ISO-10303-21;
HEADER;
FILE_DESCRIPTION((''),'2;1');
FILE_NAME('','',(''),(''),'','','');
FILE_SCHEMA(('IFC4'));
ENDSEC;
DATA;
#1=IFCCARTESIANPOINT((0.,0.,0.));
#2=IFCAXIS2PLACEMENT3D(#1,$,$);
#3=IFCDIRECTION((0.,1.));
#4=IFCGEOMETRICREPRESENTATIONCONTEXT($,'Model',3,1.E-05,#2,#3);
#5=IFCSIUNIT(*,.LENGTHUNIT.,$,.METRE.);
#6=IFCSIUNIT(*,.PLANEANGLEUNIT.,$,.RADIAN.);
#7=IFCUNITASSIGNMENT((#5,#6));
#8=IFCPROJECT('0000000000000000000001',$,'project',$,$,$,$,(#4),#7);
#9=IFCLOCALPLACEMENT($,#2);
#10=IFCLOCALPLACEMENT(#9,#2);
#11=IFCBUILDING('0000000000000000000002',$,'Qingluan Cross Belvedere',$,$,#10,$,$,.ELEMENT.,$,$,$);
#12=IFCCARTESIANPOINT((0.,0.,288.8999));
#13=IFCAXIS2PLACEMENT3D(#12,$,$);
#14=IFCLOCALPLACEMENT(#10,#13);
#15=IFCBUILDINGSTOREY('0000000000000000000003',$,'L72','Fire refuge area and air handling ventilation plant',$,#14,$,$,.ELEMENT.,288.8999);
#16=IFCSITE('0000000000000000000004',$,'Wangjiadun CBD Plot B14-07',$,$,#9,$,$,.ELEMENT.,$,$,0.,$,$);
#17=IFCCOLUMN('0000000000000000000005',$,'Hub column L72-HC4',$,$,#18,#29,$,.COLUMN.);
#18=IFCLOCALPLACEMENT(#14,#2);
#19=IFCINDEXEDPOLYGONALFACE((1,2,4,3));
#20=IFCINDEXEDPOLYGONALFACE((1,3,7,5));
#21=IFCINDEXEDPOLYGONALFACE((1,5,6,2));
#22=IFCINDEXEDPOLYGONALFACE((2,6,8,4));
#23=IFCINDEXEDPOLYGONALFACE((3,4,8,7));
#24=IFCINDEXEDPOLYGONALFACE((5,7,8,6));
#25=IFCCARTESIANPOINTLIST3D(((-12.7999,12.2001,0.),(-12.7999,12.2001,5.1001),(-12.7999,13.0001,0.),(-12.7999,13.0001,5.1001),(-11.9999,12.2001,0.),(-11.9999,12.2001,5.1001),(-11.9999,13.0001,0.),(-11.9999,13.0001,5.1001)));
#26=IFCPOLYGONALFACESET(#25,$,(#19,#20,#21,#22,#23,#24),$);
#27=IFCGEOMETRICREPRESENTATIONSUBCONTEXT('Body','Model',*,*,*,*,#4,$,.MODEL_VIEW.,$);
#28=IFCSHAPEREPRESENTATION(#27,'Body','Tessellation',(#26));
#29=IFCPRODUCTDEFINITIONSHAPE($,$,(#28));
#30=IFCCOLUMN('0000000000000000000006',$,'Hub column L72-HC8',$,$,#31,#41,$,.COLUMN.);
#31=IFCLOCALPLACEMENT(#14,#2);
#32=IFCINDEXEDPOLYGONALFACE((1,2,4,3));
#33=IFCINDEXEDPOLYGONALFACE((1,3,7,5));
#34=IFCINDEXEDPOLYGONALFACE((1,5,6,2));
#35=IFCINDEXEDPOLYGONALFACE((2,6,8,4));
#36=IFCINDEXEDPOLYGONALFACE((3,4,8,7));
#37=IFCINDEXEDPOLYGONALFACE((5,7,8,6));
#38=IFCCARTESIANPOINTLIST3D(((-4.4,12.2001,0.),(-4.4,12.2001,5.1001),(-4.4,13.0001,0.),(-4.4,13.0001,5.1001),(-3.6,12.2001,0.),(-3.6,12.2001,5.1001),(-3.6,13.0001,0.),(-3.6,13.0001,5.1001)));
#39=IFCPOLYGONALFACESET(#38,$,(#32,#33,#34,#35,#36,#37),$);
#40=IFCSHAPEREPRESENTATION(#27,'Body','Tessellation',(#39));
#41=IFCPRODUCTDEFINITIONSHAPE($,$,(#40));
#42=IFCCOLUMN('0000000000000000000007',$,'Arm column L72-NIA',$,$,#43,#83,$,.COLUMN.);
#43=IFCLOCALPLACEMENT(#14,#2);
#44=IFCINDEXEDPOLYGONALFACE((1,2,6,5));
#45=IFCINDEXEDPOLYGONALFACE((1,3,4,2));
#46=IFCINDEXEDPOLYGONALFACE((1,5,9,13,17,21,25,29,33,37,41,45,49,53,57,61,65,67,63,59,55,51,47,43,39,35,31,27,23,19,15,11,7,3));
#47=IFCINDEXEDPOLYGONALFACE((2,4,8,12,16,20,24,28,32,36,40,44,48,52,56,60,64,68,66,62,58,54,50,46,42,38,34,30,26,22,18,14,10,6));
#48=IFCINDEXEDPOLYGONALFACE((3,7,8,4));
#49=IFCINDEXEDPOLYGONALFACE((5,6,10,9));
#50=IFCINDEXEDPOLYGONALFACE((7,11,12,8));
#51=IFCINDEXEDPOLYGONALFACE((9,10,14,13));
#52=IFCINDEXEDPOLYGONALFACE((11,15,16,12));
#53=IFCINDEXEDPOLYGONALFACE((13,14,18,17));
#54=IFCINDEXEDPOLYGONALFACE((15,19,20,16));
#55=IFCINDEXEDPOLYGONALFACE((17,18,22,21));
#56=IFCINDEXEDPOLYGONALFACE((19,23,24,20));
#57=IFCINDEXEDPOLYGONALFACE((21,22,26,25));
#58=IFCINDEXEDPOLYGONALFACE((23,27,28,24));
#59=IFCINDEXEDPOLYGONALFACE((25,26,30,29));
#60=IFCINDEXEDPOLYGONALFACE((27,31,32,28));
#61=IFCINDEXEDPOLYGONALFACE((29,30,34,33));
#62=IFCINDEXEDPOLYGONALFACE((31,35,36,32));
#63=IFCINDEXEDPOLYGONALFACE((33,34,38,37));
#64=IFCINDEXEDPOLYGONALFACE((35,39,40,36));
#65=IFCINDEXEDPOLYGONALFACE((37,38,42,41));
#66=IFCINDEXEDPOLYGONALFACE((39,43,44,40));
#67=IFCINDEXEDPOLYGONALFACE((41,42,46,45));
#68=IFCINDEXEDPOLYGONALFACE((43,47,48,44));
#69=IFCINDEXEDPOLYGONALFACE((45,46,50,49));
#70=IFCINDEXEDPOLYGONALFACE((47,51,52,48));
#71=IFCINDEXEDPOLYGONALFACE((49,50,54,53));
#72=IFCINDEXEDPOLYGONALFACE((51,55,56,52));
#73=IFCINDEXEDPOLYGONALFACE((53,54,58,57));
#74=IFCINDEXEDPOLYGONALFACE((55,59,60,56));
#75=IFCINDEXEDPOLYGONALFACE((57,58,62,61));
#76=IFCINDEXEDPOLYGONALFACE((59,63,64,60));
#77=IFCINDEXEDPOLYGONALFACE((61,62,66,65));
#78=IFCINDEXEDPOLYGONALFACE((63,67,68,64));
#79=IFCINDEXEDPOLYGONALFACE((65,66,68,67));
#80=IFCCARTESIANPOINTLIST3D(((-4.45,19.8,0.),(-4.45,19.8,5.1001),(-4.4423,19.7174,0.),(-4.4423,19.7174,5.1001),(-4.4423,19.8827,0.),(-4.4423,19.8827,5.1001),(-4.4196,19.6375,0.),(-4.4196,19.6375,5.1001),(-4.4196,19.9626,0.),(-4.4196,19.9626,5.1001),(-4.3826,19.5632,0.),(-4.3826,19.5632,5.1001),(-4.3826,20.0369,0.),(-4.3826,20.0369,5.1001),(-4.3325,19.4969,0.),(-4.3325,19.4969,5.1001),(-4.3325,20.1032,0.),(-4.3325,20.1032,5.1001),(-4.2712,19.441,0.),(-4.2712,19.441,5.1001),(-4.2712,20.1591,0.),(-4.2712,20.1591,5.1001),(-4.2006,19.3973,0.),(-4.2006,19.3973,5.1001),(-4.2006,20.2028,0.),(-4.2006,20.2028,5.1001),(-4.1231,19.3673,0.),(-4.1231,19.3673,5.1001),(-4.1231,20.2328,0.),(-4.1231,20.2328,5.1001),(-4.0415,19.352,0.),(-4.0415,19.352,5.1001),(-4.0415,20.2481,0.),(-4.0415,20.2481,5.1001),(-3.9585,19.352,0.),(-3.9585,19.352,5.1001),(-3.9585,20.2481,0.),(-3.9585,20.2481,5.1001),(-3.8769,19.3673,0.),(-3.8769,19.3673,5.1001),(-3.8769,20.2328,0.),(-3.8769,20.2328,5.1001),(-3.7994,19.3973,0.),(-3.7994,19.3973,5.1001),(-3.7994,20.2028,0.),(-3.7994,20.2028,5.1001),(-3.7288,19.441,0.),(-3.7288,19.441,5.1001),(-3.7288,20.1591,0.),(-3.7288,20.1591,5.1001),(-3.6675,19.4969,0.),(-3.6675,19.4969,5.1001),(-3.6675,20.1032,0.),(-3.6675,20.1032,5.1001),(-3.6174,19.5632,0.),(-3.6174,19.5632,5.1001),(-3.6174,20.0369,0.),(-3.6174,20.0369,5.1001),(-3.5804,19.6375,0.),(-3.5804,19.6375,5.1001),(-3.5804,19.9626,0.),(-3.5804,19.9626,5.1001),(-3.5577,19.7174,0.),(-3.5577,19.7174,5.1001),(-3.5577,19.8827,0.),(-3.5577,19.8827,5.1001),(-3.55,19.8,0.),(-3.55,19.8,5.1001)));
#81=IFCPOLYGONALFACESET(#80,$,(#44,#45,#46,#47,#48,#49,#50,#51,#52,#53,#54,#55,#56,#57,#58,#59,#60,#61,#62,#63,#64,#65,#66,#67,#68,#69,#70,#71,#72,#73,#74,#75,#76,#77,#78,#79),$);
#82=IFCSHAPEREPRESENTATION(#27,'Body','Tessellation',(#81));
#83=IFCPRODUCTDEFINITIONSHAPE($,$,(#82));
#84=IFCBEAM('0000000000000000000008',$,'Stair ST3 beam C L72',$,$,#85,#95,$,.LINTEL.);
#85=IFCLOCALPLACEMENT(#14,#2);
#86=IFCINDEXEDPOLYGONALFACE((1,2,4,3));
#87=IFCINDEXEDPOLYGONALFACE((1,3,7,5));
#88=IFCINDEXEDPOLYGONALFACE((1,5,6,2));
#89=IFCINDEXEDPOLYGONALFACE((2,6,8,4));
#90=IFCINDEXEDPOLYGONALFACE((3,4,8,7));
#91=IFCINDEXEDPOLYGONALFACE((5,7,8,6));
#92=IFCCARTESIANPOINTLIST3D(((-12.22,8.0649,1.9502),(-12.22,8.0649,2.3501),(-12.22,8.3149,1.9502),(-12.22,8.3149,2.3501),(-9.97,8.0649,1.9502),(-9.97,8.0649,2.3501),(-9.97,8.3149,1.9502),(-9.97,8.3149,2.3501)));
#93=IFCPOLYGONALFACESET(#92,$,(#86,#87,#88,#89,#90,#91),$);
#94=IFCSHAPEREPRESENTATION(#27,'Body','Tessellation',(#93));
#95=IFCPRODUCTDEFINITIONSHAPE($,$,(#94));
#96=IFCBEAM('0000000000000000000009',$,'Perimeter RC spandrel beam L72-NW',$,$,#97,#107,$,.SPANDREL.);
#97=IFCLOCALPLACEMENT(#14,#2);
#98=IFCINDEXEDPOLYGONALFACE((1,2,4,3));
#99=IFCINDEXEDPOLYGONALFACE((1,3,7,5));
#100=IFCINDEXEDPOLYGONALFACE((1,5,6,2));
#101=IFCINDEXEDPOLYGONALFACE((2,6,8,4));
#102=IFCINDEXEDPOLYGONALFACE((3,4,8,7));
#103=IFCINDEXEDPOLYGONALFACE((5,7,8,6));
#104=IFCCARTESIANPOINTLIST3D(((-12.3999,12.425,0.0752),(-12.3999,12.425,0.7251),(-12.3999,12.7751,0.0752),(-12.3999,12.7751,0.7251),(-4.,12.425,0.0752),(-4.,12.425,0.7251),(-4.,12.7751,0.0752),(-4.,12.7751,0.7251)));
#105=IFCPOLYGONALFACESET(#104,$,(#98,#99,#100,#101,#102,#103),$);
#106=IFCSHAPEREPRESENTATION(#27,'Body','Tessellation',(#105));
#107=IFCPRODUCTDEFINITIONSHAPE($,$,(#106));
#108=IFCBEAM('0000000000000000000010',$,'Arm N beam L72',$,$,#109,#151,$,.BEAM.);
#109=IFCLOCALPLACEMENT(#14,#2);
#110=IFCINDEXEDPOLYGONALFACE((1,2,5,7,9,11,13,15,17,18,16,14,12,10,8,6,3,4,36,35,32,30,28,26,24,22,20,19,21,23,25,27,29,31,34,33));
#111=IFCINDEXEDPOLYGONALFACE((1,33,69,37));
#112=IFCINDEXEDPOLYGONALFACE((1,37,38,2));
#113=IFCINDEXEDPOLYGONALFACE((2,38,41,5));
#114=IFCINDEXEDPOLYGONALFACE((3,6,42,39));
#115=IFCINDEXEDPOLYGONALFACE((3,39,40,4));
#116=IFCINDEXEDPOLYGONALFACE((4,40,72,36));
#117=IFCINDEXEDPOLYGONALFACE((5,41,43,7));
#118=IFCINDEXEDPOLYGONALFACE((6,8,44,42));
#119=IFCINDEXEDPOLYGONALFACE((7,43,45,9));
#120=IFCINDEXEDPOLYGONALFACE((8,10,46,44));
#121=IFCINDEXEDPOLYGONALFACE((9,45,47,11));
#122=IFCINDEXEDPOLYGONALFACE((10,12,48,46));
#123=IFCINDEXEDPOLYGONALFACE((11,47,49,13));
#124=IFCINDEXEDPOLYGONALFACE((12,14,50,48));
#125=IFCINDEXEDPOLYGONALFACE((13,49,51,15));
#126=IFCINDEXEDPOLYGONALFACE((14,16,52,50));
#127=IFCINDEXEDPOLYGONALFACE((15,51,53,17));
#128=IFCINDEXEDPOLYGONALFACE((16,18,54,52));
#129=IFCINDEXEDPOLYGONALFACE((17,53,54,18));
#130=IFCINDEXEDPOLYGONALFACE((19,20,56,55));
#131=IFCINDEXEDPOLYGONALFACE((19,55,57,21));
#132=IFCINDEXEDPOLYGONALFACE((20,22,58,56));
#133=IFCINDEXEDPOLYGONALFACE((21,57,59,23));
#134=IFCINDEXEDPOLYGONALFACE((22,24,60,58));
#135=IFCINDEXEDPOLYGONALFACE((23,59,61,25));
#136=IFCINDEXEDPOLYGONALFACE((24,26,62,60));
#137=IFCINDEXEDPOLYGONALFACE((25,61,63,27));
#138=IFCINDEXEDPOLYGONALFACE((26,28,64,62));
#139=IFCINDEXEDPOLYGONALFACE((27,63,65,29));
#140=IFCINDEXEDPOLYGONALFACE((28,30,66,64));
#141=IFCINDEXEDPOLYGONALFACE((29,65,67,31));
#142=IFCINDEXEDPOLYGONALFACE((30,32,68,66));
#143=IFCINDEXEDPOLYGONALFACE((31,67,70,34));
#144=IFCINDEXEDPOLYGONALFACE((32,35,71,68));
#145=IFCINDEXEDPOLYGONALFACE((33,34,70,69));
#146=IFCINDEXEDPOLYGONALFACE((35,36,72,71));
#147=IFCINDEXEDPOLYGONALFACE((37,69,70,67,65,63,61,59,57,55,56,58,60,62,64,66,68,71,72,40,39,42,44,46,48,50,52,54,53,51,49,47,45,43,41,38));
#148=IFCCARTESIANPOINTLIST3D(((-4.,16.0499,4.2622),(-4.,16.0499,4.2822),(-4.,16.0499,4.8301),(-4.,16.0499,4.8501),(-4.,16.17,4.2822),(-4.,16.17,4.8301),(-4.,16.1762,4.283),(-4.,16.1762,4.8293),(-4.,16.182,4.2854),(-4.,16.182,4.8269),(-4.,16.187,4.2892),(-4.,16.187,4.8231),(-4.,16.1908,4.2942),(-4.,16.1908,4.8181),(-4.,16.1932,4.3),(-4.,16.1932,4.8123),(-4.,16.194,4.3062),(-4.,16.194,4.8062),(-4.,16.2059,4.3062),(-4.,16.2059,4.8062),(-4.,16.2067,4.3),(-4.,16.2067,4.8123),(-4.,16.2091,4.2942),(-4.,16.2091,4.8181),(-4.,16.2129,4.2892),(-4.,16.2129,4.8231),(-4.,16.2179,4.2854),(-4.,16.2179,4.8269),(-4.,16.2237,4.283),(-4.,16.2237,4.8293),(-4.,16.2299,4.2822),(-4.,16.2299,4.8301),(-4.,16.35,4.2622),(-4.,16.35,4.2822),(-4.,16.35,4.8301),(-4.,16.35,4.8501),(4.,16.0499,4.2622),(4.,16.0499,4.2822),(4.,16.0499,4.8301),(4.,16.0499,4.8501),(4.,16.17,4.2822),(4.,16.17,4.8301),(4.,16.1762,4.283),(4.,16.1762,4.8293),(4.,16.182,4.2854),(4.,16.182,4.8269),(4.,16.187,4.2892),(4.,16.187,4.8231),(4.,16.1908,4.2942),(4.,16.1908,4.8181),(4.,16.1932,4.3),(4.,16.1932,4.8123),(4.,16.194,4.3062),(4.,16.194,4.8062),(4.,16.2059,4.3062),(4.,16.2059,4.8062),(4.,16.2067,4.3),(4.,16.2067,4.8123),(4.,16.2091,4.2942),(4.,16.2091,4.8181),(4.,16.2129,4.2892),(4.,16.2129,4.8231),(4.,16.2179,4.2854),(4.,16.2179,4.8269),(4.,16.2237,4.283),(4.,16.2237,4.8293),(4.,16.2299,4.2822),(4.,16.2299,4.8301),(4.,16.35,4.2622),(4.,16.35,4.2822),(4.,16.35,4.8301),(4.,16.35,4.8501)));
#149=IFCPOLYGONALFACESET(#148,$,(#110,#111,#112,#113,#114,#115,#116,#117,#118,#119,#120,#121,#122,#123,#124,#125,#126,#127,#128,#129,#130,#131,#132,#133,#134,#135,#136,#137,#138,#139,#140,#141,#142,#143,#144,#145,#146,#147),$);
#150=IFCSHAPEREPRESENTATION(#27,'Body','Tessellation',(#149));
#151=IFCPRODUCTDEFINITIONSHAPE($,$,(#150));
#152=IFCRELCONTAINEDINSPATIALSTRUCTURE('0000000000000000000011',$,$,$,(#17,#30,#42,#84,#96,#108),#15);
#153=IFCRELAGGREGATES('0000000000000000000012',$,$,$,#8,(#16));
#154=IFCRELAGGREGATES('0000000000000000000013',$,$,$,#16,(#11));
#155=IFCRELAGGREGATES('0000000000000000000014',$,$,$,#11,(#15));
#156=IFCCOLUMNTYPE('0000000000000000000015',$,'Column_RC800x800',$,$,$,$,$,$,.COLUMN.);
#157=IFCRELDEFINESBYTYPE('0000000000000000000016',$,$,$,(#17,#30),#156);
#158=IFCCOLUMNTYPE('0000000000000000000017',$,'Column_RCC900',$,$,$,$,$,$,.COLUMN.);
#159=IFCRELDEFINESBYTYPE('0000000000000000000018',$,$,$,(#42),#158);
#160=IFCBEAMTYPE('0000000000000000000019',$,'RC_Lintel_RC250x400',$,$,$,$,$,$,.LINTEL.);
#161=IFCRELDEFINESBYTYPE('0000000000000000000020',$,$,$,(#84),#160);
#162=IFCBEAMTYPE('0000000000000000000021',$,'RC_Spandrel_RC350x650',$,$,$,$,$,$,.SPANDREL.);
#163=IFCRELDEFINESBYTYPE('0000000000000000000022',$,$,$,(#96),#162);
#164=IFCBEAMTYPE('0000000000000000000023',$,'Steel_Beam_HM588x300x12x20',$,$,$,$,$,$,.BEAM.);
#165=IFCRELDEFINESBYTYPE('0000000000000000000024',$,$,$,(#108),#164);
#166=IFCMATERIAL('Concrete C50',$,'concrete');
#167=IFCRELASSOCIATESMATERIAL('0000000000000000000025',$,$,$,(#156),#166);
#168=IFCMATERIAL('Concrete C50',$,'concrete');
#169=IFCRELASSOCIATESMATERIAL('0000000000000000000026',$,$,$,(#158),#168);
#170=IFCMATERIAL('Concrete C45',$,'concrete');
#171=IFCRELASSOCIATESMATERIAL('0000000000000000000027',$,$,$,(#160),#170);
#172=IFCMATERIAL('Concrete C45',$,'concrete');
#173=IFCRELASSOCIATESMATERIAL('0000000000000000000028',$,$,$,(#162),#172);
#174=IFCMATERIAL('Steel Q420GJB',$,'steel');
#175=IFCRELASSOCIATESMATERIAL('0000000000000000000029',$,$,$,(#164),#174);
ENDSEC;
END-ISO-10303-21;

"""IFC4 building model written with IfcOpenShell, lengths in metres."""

from ifc_helpers import new_model, si_unit, direction, frame, origin, origin_2d, place, context, subcontext, project, spatial, rectangle, circle, i_section, extrude, material, material_profile, profile_set, type_object, element, save


model = new_model("IFC4")

# Units and contexts
model_context = context("Model", 3, precision=1e-05, world=origin(), true_north=direction((0.0, 1.0)))
body_context = subcontext(model_context, "Body", "Model", "MODEL_VIEW")
ifc_project = project(units=[si_unit("LENGTHUNIT", "METRE"), si_unit("PLANEANGLEUNIT", "RADIAN")], contexts=[model_context])

# Site, building, storey
site_placement = place(None, origin())
site = spatial("IfcSite", under=ifc_project, at=site_placement, Name="Wangjiadun CBD Plot B14-07", CompositionType="ELEMENT", RefElevation=0.0)
building_placement = place(site_placement, origin())
building = spatial("IfcBuilding", under=site, at=building_placement, Name="Qingluan Cross Belvedere", CompositionType="ELEMENT")
storey_placement = place(building_placement, frame((0.0, 0.0, 288.8999)))
storey = spatial("IfcBuildingStorey", under=building, at=storey_placement, Name="L72", Description="Fire refuge area and air handling ventilation plant", CompositionType="ELEMENT", Elevation=288.8999)

# Columns
ifc_material_1 = material(Name="Concrete C50", Category="concrete")
ifc_material_profile_1 = material_profile(ifc_material_1, rectangle(XDim=0.8, YDim=0.8, at=origin_2d()), Name="RC800x800")
ifc_profile_set_1 = profile_set([ifc_material_profile_1], Name="Concrete C50")
column_type_1 = type_object("IfcColumnType", Name="Column_RC800x800", PredefinedType="COLUMN", material=ifc_profile_set_1)
for number, where, z_axis, x_axis, name in (
    (1, (-12.3999, 12.6001, 0.0), (0.0, 0.0, 1.0), (1.0, 0.0, 0.0), "Hub column L72-HC4"),
    (2, (-4.0, 12.6001, 0.0), (0.0, 0.0, 1.0), (1.0, 0.0, 0.0), "Hub column L72-HC8"),
):
    element("IfcColumn", number, at=place(storey_placement, frame(where, z_axis=z_axis, x_axis=x_axis)), inside=storey, type_object=column_type_1, Name=name, PredefinedType="COLUMN", context=body_context, shape_type="SweptSolid", body=[
        extrude(rectangle(XDim=0.8, YDim=0.8, at=origin_2d()), origin(), (0.0, 0.0, 1.0), 5.1001),
    ])
ifc_material_2 = material(Name="Concrete C50", Category="concrete")
ifc_material_profile_2 = material_profile(ifc_material_2, circle(Radius=0.45, at=origin_2d()), Name="RCC900")
ifc_profile_set_2 = profile_set([ifc_material_profile_2], Name="Concrete C50")
column_type_2 = type_object("IfcColumnType", Name="Column_RCC900", PredefinedType="COLUMN", material=ifc_profile_set_2)
column_placement = place(storey_placement, frame((-4.0, 19.8, 0.0), z_axis=(0.0, 0.0, 1.0), x_axis=(1.0, 0.0, 0.0)))
element("IfcColumn", 3, at=column_placement, inside=storey, type_object=column_type_2, Name="Arm column L72-NIA", PredefinedType="COLUMN", context=body_context, shape_type="SweptSolid", body=[
    extrude(circle(Radius=0.45, at=origin_2d()), origin(), (0.0, 0.0, 1.0), 5.1001),
])

# Beams
ifc_material_3 = material(Name="Concrete C45", Category="concrete")
ifc_material_profile_3 = material_profile(ifc_material_3, rectangle(XDim=0.25, YDim=0.3999, at=origin_2d()), Name="RC250x400")
ifc_profile_set_3 = profile_set([ifc_material_profile_3], Name="Concrete C45")
beam_type_1 = type_object("IfcBeamType", Name="RC_Lintel_RC250x400", PredefinedType="LINTEL", material=ifc_profile_set_3)
beam_1_placement = place(storey_placement, frame((-12.22, 8.1899, 2.1501), z_axis=(1.0, 0.0, 0.0), x_axis=(0.0, 1.0, 0.0)))
element("IfcBeam", 4, at=beam_1_placement, inside=storey, type_object=beam_type_1, Name="Stair ST3 beam C L72", PredefinedType="LINTEL", context=body_context, shape_type="SweptSolid", body=[
    extrude(rectangle(XDim=0.25, YDim=0.3999, at=origin_2d()), origin(), (0.0, 0.0, 1.0), 2.25),
])
ifc_material_4 = material(Name="Concrete C45", Category="concrete")
ifc_material_profile_4 = material_profile(ifc_material_4, rectangle(XDim=0.3501, YDim=0.6499, at=origin_2d()), Name="RC350x650")
ifc_profile_set_4 = profile_set([ifc_material_profile_4], Name="Concrete C45")
beam_type_2 = type_object("IfcBeamType", Name="RC_Spandrel_RC350x650", PredefinedType="SPANDREL", material=ifc_profile_set_4)
beam_2_placement = place(storey_placement, frame((-12.3999, 12.6001, 0.4001), z_axis=(1.0, 0.0, 0.0), x_axis=(0.0, 1.0, 0.0)))
element("IfcBeam", 5, at=beam_2_placement, inside=storey, type_object=beam_type_2, Name="Perimeter RC spandrel beam L72-NW", PredefinedType="SPANDREL", context=body_context, shape_type="SweptSolid", body=[
    extrude(rectangle(XDim=0.3501, YDim=0.6499, at=origin_2d()), origin(), (0.0, 0.0, 1.0), 8.3999),
])
ifc_material_5 = material(Name="Steel Q420GJB", Category="steel")
ifc_material_profile_5 = material_profile(ifc_material_5, i_section(OverallWidth=0.3, OverallDepth=0.5879, WebThickness=0.012, FlangeThickness=0.02, FilletRadius=0.0239, at=origin_2d()), Name="HM588x300x12x20")
ifc_profile_set_5 = profile_set([ifc_material_profile_5], Name="Steel Q420GJB")
beam_type_3 = type_object("IfcBeamType", Name="Steel_Beam_HM588x300x12x20", PredefinedType="BEAM", material=ifc_profile_set_5)
beam_3_placement = place(storey_placement, frame((-4.0, 16.2, 4.5562), z_axis=(1.0, 0.0, 0.0), x_axis=(0.0, 1.0, 0.0)))
element("IfcBeam", 6, at=beam_3_placement, inside=storey, type_object=beam_type_3, Name="Arm N beam L72", PredefinedType="BEAM", context=body_context, shape_type="SweptSolid", body=[
    extrude(i_section(OverallWidth=0.3, OverallDepth=0.5879, WebThickness=0.012, FlangeThickness=0.02, FilletRadius=0.0239, at=origin_2d()), origin(), (0.0, 0.0, 1.0), 8.0),
])

save(model, "model.ifc")
